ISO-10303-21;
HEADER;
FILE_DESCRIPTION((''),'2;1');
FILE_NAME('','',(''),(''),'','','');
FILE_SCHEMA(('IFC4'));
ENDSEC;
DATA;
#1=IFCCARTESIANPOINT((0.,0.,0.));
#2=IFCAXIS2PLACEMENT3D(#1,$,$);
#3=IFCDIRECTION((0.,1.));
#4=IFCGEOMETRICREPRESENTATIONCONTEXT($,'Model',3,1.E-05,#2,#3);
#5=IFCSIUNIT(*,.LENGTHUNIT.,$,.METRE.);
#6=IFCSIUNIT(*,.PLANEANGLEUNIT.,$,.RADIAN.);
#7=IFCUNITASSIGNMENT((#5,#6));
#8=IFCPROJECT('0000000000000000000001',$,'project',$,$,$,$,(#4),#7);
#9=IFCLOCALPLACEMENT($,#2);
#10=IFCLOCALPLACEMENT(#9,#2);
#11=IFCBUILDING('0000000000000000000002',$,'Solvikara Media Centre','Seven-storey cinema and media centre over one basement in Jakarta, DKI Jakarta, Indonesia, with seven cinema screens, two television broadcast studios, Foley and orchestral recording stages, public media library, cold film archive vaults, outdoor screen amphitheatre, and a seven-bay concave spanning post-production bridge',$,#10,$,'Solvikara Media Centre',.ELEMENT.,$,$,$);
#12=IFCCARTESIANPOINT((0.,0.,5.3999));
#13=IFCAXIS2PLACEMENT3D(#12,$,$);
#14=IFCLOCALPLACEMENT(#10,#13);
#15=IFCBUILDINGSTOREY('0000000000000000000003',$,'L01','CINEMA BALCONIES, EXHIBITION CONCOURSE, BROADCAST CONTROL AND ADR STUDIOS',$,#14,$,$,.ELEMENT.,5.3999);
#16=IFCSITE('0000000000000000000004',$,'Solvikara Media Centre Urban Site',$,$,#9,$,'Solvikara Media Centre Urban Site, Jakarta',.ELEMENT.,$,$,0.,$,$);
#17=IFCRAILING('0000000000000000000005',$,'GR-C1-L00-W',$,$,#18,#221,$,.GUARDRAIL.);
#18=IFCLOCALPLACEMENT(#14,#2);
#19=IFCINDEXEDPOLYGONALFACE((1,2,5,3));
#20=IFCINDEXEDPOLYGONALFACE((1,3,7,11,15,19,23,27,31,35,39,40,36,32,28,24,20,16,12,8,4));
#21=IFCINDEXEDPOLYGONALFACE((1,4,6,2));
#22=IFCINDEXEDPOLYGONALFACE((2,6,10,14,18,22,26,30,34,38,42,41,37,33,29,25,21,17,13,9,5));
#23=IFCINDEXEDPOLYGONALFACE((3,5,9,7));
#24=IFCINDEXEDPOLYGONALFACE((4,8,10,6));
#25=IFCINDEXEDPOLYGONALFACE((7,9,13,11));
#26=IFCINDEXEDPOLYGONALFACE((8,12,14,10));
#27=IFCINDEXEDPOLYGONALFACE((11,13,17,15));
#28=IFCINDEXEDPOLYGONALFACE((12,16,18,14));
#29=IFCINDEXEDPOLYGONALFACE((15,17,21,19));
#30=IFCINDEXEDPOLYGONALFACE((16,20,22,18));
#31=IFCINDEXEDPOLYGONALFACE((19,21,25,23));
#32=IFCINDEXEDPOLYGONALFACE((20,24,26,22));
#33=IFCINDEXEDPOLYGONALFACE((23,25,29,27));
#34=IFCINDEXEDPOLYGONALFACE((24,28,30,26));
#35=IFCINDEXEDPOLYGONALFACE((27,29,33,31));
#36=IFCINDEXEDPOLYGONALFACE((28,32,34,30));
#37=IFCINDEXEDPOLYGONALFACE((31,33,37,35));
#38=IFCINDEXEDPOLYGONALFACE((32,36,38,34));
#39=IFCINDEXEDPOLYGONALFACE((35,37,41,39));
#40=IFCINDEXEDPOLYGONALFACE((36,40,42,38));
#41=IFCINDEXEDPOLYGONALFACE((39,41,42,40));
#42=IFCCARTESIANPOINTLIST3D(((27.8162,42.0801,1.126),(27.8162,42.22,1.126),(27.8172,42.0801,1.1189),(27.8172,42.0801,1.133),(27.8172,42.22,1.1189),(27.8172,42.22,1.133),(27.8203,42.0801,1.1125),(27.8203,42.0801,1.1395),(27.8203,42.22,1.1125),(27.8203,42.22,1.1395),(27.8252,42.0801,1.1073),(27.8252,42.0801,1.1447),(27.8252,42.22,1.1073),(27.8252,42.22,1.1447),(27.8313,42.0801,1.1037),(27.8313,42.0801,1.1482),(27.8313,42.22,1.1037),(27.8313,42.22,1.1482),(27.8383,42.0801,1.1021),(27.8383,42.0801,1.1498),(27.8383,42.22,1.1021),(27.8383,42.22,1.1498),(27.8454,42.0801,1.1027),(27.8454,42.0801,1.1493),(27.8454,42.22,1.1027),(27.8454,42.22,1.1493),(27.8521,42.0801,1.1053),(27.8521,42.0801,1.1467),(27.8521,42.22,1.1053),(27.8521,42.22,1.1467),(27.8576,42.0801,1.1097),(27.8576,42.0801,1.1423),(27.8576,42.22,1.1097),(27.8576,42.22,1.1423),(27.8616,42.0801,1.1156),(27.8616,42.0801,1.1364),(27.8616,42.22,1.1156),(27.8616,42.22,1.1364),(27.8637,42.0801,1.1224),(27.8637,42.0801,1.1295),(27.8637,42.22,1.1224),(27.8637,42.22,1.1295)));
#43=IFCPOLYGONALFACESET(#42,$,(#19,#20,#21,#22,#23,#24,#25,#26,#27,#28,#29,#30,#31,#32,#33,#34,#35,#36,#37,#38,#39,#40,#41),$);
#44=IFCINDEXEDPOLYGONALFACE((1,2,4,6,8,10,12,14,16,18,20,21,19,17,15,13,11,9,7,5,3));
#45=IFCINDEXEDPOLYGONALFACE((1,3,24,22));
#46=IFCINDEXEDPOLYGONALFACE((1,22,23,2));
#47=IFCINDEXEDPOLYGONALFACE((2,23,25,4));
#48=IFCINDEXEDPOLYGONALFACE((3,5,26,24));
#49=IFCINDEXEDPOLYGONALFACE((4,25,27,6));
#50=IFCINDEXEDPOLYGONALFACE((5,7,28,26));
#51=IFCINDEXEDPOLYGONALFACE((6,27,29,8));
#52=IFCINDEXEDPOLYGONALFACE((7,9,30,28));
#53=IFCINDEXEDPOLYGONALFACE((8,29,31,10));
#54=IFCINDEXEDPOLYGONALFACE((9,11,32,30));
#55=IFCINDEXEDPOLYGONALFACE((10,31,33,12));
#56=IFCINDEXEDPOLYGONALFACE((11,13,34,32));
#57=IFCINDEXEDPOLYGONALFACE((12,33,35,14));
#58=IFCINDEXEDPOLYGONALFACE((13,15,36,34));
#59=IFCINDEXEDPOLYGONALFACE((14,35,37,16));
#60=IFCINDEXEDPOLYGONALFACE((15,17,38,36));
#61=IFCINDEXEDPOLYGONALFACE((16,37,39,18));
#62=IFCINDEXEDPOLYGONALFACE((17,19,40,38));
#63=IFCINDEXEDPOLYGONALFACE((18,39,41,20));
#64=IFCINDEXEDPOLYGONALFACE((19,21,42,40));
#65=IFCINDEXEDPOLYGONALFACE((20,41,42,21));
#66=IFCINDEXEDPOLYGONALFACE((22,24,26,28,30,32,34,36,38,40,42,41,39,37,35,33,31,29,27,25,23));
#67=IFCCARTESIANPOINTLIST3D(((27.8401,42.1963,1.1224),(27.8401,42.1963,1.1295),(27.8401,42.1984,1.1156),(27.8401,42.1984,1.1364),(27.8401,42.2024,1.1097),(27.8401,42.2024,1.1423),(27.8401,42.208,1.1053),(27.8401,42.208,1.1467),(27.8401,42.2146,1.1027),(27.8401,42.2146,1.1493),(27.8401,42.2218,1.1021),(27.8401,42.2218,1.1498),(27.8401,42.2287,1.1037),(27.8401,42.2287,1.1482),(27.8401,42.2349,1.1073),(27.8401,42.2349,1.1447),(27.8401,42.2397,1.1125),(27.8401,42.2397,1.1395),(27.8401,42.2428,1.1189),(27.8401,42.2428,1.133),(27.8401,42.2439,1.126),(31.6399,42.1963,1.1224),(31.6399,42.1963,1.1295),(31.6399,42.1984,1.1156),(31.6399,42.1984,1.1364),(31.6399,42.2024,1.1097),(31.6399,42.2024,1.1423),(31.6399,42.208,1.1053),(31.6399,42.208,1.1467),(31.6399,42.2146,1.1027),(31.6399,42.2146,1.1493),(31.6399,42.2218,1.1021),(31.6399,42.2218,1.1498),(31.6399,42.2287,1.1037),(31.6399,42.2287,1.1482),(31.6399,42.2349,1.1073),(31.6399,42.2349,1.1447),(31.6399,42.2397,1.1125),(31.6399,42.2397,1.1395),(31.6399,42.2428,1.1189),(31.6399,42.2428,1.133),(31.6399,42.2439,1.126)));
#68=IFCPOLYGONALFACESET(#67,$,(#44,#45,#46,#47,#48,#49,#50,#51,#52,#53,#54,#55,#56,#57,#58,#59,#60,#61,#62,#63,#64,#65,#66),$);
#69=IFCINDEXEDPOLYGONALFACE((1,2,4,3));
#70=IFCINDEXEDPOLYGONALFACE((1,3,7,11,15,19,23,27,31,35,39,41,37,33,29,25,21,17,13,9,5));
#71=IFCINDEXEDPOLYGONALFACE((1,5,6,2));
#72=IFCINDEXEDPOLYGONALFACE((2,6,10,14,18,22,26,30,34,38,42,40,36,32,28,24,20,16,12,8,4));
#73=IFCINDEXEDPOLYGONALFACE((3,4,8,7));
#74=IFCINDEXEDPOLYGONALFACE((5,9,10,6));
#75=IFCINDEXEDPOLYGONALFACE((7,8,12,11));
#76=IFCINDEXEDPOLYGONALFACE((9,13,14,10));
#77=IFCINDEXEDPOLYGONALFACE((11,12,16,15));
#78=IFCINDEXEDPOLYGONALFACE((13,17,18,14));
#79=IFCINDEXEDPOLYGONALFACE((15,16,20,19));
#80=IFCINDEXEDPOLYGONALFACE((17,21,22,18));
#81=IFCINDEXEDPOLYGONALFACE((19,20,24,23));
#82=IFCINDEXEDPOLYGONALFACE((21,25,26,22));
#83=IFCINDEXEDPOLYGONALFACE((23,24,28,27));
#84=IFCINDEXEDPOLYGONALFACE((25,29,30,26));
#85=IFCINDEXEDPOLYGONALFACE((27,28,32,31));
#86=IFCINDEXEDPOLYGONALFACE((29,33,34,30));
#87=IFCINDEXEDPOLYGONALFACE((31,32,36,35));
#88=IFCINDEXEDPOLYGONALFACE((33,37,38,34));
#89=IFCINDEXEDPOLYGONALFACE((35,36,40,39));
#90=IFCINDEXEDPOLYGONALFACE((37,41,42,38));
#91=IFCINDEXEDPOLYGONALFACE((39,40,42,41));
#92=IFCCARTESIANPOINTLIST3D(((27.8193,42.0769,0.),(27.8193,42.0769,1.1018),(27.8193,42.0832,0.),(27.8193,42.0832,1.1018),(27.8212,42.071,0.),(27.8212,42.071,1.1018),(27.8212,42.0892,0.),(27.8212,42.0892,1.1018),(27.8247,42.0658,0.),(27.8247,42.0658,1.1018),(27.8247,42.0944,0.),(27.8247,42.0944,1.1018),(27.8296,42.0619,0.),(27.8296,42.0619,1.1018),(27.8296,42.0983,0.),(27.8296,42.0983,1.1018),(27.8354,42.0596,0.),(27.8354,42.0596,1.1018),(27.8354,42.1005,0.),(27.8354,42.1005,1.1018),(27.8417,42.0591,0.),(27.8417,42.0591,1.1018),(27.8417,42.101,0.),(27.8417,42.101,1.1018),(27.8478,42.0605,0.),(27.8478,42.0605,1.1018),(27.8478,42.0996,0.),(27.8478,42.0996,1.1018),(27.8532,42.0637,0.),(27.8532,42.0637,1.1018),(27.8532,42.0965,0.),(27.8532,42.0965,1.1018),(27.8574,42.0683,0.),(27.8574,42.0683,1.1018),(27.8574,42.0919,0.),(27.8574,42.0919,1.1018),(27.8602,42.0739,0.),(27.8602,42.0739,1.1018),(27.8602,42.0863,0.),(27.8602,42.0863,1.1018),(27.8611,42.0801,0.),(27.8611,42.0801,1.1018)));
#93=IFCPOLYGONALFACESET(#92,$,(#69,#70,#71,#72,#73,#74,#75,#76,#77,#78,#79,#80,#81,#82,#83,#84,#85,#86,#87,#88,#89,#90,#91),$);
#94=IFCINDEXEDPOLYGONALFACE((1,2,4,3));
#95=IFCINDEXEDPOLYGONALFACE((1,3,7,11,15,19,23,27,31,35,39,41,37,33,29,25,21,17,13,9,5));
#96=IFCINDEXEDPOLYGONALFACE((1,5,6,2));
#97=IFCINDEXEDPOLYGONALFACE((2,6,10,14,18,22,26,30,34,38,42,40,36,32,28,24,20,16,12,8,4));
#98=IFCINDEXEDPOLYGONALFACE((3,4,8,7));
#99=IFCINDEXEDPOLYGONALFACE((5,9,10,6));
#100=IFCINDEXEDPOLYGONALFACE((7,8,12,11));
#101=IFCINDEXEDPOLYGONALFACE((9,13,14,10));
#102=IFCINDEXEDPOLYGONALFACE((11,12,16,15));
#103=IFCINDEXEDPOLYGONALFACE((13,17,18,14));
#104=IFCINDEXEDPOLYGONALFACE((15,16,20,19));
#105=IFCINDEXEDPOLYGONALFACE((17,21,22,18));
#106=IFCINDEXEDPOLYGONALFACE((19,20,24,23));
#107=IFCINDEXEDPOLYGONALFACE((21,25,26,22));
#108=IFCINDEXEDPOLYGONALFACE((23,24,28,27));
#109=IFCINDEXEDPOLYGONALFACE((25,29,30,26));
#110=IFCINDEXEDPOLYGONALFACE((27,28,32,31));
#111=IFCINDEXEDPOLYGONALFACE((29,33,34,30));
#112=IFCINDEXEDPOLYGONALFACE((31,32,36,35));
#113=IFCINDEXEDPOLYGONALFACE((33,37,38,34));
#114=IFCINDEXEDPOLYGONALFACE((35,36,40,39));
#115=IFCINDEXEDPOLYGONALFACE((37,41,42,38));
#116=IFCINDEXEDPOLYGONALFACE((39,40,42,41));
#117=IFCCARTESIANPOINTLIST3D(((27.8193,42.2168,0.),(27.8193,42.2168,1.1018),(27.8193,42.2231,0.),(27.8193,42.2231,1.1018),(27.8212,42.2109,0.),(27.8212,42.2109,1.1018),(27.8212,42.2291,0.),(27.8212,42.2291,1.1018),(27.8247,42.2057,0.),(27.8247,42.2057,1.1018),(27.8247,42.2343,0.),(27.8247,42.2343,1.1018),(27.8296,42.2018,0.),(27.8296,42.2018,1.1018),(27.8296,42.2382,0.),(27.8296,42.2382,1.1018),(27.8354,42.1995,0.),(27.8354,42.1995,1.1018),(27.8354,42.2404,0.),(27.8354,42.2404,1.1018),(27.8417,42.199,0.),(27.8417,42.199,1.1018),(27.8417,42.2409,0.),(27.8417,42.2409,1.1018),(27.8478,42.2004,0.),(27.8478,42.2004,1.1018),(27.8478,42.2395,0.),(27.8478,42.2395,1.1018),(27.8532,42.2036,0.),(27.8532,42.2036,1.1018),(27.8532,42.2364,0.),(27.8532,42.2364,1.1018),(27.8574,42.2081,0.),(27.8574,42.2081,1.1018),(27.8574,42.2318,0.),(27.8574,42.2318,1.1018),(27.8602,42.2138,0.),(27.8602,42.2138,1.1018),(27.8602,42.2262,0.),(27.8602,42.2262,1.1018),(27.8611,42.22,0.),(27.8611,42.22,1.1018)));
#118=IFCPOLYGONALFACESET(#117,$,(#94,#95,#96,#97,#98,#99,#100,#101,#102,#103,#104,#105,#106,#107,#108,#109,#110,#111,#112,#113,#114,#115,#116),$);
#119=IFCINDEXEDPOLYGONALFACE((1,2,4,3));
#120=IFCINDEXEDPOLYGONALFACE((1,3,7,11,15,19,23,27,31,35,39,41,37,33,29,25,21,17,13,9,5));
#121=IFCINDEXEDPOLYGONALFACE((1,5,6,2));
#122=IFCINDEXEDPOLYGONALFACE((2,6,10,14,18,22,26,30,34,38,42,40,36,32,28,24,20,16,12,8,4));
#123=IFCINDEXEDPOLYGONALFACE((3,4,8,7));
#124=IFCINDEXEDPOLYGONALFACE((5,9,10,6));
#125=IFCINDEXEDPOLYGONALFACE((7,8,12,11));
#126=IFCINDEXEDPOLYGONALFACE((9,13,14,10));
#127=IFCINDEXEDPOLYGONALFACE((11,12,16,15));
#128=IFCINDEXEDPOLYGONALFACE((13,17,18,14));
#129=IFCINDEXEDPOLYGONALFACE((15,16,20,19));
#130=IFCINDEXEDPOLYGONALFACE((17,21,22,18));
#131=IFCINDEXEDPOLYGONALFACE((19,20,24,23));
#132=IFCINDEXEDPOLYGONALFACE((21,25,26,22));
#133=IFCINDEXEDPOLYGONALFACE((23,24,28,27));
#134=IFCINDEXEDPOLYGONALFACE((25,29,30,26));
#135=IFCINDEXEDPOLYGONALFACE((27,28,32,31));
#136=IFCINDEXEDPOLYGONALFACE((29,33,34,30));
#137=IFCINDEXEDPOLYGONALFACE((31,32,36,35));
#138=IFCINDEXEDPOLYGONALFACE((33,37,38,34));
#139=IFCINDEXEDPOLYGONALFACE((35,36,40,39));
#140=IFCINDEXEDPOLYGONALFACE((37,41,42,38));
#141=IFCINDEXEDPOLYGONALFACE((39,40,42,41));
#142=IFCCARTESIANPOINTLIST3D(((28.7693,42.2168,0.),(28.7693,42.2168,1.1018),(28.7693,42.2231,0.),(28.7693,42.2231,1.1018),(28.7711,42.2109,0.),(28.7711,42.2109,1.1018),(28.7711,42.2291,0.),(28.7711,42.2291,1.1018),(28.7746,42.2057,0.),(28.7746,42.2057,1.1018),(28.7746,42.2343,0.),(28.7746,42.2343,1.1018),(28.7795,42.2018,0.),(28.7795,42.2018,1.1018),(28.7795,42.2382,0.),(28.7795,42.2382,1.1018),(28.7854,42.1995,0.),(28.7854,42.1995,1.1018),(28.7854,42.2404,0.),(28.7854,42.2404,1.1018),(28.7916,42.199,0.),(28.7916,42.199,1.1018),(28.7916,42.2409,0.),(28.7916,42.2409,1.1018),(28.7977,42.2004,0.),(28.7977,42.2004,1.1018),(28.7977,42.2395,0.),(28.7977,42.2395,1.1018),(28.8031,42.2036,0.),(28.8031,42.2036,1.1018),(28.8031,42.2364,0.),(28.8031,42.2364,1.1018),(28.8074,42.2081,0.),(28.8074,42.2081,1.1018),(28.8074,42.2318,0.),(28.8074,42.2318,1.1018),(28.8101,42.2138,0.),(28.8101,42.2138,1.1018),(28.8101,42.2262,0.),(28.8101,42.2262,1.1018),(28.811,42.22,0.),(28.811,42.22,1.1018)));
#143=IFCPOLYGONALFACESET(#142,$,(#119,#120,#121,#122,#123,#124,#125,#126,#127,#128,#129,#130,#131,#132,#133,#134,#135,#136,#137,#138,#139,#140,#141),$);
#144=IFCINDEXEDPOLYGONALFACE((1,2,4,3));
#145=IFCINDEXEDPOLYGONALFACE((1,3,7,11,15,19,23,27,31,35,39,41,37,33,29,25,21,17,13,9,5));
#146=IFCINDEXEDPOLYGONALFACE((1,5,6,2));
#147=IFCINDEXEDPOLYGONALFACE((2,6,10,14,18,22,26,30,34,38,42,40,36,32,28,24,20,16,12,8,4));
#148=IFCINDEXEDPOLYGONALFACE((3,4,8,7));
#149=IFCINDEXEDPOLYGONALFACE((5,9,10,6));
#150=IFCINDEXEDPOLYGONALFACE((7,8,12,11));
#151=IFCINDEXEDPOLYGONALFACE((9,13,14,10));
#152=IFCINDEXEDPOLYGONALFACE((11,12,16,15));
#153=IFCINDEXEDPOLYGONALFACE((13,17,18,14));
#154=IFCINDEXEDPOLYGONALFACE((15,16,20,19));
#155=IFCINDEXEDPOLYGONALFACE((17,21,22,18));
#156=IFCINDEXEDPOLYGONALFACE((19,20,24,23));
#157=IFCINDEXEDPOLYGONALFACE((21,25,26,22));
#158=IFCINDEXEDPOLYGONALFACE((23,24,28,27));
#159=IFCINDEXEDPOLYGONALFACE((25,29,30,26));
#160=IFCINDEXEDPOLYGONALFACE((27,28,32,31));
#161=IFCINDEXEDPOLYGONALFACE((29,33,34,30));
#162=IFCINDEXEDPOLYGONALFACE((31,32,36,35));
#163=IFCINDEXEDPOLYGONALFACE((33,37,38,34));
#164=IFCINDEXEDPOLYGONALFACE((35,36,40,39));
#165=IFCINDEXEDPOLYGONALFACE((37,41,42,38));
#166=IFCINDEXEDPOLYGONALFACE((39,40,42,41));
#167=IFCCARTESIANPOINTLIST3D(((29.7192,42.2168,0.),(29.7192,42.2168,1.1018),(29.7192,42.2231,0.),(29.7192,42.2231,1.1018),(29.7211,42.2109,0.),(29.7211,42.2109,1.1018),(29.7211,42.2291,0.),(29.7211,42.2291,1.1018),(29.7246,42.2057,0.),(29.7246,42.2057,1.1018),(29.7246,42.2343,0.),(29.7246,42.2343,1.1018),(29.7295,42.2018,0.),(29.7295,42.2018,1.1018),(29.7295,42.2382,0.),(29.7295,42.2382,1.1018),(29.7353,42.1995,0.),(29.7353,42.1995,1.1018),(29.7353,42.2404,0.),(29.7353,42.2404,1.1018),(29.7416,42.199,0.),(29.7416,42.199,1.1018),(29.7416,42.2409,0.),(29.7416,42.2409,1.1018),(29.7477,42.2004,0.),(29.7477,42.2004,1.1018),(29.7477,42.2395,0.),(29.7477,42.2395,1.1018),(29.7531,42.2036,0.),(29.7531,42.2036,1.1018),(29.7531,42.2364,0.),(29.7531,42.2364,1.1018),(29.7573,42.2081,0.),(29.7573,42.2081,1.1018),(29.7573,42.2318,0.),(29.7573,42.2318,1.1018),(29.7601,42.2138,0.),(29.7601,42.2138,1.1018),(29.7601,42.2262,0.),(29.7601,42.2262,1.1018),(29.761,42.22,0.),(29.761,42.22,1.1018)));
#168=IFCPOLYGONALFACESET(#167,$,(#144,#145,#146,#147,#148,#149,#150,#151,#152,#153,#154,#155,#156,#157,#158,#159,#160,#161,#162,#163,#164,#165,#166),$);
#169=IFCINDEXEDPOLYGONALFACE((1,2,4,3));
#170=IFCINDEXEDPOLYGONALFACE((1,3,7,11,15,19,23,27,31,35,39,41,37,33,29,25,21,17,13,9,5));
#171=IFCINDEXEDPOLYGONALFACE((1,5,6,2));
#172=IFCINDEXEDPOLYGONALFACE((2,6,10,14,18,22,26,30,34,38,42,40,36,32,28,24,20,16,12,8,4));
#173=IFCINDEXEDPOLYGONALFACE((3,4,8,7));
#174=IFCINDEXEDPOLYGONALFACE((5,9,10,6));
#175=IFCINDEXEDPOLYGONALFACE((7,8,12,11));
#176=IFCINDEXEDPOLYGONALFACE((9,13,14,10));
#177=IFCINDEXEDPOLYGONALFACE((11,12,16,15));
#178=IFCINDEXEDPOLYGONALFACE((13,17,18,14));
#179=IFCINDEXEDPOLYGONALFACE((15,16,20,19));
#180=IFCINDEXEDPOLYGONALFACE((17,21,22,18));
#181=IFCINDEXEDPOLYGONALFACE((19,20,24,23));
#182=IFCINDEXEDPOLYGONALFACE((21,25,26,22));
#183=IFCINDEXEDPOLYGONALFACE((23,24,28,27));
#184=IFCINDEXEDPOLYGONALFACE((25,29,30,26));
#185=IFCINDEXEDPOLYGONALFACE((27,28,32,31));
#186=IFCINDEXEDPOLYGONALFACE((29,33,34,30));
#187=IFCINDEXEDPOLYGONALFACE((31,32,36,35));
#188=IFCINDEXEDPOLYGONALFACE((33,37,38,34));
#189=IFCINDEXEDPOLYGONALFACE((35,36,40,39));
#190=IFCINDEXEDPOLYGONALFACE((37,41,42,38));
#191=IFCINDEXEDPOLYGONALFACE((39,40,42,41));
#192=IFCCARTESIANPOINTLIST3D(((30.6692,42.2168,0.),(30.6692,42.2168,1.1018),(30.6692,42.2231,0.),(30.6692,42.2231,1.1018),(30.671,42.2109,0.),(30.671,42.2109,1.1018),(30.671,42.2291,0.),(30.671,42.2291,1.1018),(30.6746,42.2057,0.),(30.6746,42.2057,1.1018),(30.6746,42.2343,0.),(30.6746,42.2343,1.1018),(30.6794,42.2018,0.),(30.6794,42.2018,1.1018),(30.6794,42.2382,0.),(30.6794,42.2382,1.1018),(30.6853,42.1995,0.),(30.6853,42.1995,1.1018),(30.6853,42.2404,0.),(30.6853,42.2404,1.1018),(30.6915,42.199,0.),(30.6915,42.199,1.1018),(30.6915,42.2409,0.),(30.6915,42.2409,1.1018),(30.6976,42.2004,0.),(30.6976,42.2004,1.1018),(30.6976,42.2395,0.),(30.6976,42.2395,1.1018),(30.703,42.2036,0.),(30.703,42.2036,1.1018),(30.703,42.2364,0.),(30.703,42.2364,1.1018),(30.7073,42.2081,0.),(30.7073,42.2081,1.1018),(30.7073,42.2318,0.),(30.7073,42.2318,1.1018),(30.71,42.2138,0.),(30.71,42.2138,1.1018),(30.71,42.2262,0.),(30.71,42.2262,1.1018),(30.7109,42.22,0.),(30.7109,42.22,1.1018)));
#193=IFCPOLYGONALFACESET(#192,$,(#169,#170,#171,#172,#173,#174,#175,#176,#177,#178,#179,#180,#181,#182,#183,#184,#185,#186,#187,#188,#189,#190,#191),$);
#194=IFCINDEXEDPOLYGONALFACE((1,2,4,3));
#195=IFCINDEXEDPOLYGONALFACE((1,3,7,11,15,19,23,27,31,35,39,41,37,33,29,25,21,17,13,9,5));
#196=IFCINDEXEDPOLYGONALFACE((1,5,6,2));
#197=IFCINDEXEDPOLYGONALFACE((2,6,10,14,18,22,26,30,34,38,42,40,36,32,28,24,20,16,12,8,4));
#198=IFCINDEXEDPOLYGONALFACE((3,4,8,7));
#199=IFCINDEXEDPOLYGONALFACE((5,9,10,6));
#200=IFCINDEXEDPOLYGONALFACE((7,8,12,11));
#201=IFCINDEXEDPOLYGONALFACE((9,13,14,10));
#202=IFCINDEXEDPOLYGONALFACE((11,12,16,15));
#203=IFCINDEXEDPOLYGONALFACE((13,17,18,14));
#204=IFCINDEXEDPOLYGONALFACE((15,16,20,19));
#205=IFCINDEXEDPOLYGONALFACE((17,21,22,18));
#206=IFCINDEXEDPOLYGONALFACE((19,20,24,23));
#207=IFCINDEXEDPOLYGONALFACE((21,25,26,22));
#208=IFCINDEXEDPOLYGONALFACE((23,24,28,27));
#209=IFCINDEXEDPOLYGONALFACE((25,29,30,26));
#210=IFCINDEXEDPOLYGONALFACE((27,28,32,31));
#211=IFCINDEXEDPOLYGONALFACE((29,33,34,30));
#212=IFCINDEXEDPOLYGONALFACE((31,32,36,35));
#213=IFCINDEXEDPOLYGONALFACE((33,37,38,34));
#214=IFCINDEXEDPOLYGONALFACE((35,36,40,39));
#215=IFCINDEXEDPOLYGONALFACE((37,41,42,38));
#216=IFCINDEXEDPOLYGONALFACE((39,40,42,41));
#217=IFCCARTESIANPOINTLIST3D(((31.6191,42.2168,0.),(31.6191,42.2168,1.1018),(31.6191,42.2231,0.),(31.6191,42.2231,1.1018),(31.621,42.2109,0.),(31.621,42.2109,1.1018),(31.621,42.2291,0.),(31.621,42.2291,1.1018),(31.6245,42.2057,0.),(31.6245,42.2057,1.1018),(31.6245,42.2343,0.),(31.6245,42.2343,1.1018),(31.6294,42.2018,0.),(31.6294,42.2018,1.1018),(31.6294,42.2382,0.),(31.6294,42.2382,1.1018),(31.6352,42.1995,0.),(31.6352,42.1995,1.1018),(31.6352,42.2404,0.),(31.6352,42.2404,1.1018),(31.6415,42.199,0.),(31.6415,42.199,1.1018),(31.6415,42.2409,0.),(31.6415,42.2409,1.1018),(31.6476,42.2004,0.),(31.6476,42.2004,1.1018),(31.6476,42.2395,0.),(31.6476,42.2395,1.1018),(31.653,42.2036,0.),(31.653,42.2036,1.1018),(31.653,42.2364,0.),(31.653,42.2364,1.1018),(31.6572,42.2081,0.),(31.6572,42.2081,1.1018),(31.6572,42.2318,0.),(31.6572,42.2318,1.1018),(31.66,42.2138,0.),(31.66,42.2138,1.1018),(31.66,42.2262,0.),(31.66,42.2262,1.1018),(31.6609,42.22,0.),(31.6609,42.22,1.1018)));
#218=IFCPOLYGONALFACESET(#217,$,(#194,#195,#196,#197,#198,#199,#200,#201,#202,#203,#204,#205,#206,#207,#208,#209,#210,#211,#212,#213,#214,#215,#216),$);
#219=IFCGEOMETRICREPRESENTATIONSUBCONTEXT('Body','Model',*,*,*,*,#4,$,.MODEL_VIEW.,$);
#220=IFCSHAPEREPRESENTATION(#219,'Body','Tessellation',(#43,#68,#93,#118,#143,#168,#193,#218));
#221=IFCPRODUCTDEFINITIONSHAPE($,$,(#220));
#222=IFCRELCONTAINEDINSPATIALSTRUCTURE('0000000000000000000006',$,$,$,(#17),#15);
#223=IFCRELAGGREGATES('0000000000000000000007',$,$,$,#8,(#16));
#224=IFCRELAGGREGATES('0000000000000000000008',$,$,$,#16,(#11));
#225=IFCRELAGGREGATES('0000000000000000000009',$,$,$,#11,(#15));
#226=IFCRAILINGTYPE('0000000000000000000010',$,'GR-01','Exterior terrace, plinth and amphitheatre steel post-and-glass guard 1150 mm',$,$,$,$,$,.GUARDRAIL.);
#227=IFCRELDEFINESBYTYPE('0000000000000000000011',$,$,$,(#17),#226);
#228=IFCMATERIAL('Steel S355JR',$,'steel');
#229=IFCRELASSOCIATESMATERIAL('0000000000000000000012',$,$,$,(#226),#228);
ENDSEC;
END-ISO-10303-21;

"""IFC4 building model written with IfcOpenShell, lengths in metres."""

from ifc_helpers import new_model, si_unit, direction, frame, origin, origin_2d, place, context, subcontext, project, spatial, circle, extrude, material, type_object, element, save


model = new_model("IFC4")

# Units and contexts
model_context = context("Model", 3, precision=1e-05, world=origin(), true_north=direction((0.0, 1.0)))
body_context = subcontext(model_context, "Body", "Model", "MODEL_VIEW")
ifc_project = project(units=[si_unit("LENGTHUNIT", "METRE"), si_unit("PLANEANGLEUNIT", "RADIAN")], contexts=[model_context])

# Site, building, storey
site_placement = place(None, origin())
site = spatial("IfcSite", under=ifc_project, at=site_placement, Name="Solvikara Media Centre Urban Site", LongName="Solvikara Media Centre Urban Site, Jakarta", CompositionType="ELEMENT", RefElevation=0.0)
building_placement = place(site_placement, origin())
building = spatial("IfcBuilding", under=site, at=building_placement, Name="Solvikara Media Centre", Description="Seven-storey cinema and media centre over one basement in Jakarta, DKI Jakarta, Indonesia, with seven cinema screens, two television broadcast studios, Foley and orchestral recording stages, public media library, cold film archive vaults, outdoor screen amphitheatre, and a seven-bay concave spanning post-production bridge", LongName="Solvikara Media Centre", CompositionType="ELEMENT")
storey_placement = place(building_placement, frame((0.0, 0.0, 5.3999)))
storey = spatial("IfcBuildingStorey", under=building, at=storey_placement, Name="L01", Description="CINEMA BALCONIES, EXHIBITION CONCOURSE, BROADCAST CONTROL AND ADR STUDIOS", CompositionType="ELEMENT", Elevation=5.3999)

# Shared definitions
ifc_material_1 = material(Name="Steel S355JR", Category="steel")

# Railing
railing_type_1 = type_object("IfcRailingType", Name="GR-01", Description="Exterior terrace, plinth and amphitheatre steel post-and-glass guard 1150 mm", PredefinedType="GUARDRAIL", material=ifc_material_1)
railing_1_placement = place(storey_placement, frame((27.8401, 42.0801, 0.0)))
element("IfcRailing", 1, at=railing_1_placement, inside=storey, type_object=railing_type_1, Name="GR-C1-L00-W", PredefinedType="GUARDRAIL", context=body_context, shape_type="SweptSolid", body=[
    extrude(circle(Radius=0.0239, at=origin_2d()), frame((0.0, 0.0, 1.126), z_axis=(0.0, 1.0, 0.0), x_axis=(-1.0, 0.0, 0.0)), (0.0, 0.0, 1.0), 0.1399),
    extrude(circle(Radius=0.0239, at=origin_2d()), frame((0.0, 0.1399, 1.126), z_axis=(1.0, 0.0, 0.0), x_axis=(0.0, 1.0, 0.0)), (0.0, 0.0, 1.0), 3.7998),
    extrude(circle(Radius=0.021, at=origin_2d()), origin(), (0.0, 0.0, 1.0), 1.1018),
    extrude(circle(Radius=0.021, at=origin_2d()), frame((0.0, 0.1399, 0.0)), (0.0, 0.0, 1.0), 1.1018),
    extrude(circle(Radius=0.021, at=origin_2d()), frame((0.95, 0.1399, 0.0)), (0.0, 0.0, 1.0), 1.1018),
    extrude(circle(Radius=0.021, at=origin_2d()), frame((1.8999, 0.1399, 0.0)), (0.0, 0.0, 1.0), 1.1018),
    extrude(circle(Radius=0.021, at=origin_2d()), frame((2.8499, 0.1399, 0.0)), (0.0, 0.0, 1.0), 1.1018),
    extrude(circle(Radius=0.021, at=origin_2d()), frame((3.7998, 0.1399, 0.0)), (0.0, 0.0, 1.0), 1.1018),
])

save(model, "model.ifc")
